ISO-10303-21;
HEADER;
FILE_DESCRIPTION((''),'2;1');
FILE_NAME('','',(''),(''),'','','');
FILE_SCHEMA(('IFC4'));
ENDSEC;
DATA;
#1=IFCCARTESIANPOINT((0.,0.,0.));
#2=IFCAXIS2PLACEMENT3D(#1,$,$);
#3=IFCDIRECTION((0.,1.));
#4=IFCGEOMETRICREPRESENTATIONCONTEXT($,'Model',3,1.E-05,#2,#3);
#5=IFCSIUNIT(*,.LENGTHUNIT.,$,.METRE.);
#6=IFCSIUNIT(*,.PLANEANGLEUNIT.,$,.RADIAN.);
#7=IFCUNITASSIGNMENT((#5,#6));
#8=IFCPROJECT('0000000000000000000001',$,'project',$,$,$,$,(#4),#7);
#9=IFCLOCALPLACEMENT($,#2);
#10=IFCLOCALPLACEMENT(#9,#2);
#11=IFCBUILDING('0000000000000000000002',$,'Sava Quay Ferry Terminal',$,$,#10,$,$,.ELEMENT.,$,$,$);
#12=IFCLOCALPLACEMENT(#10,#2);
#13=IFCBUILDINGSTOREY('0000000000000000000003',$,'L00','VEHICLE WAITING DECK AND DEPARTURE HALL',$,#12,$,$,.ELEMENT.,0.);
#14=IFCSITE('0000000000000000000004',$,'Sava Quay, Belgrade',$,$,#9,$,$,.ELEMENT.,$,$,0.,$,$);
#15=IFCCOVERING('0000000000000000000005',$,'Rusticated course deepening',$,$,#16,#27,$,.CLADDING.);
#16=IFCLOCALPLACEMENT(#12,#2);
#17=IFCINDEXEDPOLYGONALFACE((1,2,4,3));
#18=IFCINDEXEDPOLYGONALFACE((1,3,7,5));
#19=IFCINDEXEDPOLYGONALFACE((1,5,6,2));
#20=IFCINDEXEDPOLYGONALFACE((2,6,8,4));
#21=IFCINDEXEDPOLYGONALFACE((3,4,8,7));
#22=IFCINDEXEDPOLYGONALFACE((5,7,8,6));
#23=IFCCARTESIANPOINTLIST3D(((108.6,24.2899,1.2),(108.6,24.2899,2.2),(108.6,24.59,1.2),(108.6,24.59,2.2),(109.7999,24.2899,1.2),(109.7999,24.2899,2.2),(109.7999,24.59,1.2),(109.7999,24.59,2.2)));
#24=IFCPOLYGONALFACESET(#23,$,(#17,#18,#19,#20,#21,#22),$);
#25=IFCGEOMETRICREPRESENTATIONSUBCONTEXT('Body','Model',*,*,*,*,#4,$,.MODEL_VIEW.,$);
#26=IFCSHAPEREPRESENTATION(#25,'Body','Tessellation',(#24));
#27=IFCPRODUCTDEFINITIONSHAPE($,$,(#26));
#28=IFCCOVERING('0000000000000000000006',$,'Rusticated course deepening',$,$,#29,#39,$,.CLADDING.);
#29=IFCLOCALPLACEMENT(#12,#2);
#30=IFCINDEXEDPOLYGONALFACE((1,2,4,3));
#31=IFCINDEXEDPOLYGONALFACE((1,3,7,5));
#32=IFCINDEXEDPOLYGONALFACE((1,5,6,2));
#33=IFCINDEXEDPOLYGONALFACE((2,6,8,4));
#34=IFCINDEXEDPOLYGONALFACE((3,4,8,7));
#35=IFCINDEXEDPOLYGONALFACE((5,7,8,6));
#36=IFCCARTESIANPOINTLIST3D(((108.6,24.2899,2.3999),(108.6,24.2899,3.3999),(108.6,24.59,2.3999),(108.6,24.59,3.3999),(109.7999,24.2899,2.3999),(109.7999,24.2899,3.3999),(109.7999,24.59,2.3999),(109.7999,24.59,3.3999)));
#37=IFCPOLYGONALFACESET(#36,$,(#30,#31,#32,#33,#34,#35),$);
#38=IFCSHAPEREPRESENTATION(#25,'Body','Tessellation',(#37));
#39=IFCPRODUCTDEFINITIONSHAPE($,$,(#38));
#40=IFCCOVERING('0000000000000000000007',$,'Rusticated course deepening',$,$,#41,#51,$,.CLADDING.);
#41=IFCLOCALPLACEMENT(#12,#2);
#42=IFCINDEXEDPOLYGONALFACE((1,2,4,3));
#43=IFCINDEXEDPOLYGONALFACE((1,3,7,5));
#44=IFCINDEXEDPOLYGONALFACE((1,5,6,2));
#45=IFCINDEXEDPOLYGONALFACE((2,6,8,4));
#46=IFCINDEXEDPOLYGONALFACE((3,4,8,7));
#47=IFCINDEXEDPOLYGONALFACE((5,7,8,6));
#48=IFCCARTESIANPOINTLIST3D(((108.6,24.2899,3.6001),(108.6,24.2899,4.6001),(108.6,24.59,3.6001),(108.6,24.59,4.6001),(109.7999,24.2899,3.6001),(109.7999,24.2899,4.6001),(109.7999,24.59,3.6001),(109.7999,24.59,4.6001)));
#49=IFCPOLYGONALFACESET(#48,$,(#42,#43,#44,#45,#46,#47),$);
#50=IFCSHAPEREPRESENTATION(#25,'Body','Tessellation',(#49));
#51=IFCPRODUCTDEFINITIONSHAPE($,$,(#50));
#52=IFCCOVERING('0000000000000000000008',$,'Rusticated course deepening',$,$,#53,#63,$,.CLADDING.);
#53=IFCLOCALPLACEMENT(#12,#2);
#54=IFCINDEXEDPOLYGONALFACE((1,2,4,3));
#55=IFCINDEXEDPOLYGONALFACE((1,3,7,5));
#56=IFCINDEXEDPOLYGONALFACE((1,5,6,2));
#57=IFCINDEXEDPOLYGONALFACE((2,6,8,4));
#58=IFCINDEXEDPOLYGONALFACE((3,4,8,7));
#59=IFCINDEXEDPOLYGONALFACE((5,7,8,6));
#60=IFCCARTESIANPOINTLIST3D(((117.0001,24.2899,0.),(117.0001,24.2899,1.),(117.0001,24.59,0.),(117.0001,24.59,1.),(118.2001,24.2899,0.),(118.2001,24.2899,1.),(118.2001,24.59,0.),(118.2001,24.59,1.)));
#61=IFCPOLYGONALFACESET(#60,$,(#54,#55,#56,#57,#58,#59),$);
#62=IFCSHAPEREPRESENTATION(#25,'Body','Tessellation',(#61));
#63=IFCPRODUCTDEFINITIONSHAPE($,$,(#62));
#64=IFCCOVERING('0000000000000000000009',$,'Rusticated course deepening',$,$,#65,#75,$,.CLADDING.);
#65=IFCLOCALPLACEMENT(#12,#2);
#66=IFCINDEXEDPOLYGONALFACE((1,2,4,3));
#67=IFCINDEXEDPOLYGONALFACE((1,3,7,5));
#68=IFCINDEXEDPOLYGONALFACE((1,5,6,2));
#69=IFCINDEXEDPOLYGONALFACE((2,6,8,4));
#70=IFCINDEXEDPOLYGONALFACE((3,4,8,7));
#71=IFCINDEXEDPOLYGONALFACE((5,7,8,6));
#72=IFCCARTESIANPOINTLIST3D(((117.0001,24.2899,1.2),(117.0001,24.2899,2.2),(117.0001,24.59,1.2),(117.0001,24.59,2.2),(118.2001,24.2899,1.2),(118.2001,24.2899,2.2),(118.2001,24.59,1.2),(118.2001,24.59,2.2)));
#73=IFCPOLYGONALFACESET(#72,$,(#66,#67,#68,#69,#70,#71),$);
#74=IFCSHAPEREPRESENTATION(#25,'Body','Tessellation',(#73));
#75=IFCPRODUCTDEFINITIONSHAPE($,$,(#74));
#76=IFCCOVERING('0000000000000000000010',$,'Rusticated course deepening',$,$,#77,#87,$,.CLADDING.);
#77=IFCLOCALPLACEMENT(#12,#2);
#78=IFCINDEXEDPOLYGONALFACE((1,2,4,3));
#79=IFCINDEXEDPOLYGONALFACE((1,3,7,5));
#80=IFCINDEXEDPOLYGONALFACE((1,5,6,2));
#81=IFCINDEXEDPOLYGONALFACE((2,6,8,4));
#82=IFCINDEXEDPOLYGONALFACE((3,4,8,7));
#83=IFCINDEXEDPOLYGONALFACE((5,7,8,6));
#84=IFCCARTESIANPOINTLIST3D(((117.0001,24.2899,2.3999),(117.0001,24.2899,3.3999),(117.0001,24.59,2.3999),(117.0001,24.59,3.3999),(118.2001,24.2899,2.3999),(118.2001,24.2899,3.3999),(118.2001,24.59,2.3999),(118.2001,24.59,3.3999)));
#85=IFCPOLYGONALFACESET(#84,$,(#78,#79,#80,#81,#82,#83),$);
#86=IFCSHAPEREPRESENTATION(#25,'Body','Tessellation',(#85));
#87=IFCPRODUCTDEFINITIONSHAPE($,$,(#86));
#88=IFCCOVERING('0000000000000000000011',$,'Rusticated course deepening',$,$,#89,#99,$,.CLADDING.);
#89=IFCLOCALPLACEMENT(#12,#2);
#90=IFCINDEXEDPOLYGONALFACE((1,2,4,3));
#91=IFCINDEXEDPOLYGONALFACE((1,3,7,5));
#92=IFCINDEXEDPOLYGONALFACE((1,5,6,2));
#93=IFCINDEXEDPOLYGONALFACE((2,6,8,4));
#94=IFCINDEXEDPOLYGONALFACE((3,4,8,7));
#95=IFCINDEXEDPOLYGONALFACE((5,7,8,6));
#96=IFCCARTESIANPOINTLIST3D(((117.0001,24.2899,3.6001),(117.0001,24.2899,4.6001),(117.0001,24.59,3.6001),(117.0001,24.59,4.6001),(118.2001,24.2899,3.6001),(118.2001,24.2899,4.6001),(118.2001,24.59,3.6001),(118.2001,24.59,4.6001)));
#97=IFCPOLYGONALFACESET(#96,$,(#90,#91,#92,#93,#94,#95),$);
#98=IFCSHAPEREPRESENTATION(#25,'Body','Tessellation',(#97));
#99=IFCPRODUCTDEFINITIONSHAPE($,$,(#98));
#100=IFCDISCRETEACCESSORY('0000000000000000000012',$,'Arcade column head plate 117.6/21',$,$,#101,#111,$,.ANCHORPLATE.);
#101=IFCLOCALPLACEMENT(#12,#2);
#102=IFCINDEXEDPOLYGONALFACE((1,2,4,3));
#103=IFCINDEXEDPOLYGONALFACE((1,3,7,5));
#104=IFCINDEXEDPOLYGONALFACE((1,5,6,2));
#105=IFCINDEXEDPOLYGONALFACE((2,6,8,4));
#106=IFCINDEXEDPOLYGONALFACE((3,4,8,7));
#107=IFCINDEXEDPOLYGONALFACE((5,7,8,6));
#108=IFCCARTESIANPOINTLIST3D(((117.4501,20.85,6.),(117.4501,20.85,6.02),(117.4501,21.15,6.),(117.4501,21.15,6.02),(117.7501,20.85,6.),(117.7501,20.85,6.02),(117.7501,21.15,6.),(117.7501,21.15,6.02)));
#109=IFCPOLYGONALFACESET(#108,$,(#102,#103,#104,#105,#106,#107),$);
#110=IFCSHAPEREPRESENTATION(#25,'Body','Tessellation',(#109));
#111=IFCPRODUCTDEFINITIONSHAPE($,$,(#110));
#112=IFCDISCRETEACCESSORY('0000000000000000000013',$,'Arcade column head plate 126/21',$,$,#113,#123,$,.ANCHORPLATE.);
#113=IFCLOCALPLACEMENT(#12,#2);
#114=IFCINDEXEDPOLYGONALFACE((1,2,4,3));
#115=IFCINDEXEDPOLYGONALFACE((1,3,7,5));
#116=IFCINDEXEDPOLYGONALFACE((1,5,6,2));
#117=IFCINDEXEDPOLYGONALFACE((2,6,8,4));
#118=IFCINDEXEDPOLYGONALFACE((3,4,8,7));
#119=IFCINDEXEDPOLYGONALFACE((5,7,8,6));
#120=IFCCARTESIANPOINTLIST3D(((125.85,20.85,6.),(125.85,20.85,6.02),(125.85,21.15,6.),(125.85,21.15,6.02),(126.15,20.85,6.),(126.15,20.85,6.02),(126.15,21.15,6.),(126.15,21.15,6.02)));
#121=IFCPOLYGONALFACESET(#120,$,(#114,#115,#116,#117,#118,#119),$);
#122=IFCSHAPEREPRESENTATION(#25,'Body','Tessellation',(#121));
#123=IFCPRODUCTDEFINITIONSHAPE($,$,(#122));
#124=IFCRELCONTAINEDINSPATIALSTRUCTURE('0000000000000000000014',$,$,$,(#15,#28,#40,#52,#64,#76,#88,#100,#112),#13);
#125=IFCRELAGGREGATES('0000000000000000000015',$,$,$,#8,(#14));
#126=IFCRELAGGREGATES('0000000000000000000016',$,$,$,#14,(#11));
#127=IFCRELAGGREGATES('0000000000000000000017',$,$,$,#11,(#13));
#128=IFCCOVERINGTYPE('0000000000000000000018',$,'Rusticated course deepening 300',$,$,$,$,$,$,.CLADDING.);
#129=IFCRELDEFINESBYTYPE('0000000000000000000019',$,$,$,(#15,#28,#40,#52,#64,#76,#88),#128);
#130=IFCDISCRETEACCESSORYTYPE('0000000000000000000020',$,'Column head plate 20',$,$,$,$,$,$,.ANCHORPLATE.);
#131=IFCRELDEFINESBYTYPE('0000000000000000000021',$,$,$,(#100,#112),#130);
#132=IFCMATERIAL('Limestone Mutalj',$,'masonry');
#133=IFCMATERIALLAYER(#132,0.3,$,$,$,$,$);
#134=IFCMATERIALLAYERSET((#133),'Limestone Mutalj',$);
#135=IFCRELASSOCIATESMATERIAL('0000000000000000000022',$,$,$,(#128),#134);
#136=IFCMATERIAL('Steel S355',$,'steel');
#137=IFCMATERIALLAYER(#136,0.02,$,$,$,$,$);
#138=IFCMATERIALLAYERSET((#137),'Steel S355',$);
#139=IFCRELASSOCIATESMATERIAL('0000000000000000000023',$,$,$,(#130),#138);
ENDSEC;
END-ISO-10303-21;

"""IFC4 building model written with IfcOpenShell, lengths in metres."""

from ifc_helpers import new_model, si_unit, direction, frame, origin, origin_2d, place, context, subcontext, project, spatial, rectangle, extrude, material, layer, layer_set, type_object, element, save


model = new_model("IFC4")

# Units and contexts
model_context = context("Model", 3, precision=1e-05, world=origin(), true_north=direction((0.0, 1.0)))
body_context = subcontext(model_context, "Body", "Model", "MODEL_VIEW")
ifc_project = project(units=[si_unit("LENGTHUNIT", "METRE"), si_unit("PLANEANGLEUNIT", "RADIAN")], contexts=[model_context])

# Site, building, storey
site_placement = place(None, origin())
site = spatial("IfcSite", under=ifc_project, at=site_placement, Name="Sava Quay, Belgrade", CompositionType="ELEMENT", RefElevation=0.0)
building_placement = place(site_placement, origin())
building = spatial("IfcBuilding", under=site, at=building_placement, Name="Sava Quay Ferry Terminal", CompositionType="ELEMENT")
storey_placement = place(building_placement, origin())
storey = spatial("IfcBuildingStorey", under=building, at=storey_placement, Name="L00", Description="VEHICLE WAITING DECK AND DEPARTURE HALL", CompositionType="ELEMENT", Elevation=0.0)

# Coverings
ifc_material_1 = material(Name="Limestone Mutalj", Category="masonry")
ifc_layer_1 = layer(ifc_material_1, 0.3)
ifc_layer_set_1 = layer_set([ifc_layer_1], Name="Limestone Mutalj")
covering_type_1 = type_object("IfcCoveringType", Name="Rusticated course deepening 300", PredefinedType="CLADDING", material=ifc_layer_set_1)
for number, where, z_axis, x_axis, name in (
    (1, (109.2, 24.4399, 1.2), (0.0, 0.0, 1.0), (1.0, 0.0, 0.0), "Rusticated course deepening"),
    (2, (109.2, 24.4399, 2.3999), (0.0, 0.0, 1.0), (1.0, 0.0, 0.0), "Rusticated course deepening"),
    (3, (109.2, 24.4399, 3.6001), (0.0, 0.0, 1.0), (1.0, 0.0, 0.0), "Rusticated course deepening"),
    (4, (117.6001, 24.4399, 0.0), (0.0, 0.0, 1.0), (1.0, 0.0, 0.0), "Rusticated course deepening"),
    (5, (117.6001, 24.4399, 1.2), (0.0, 0.0, 1.0), (1.0, 0.0, 0.0), "Rusticated course deepening"),
    (6, (117.6001, 24.4399, 2.3999), (0.0, 0.0, 1.0), (1.0, 0.0, 0.0), "Rusticated course deepening"),
    (7, (117.6001, 24.4399, 3.6001), (0.0, 0.0, 1.0), (1.0, 0.0, 0.0), "Rusticated course deepening"),
):
    element("IfcCovering", number, at=place(storey_placement, frame(where, z_axis=z_axis, x_axis=x_axis)), inside=storey, type_object=covering_type_1, Name=name, PredefinedType="CLADDING", context=body_context, shape_type="SweptSolid", body=[
        extrude(rectangle(XDim=1.2, YDim=0.3, at=origin_2d()), origin(), (0.0, 0.0, 1.0), 1.0),
    ])

# Discrete accessories
ifc_material_2 = material(Name="Steel S355", Category="steel")
ifc_layer_2 = layer(ifc_material_2, 0.02)
ifc_layer_set_2 = layer_set([ifc_layer_2], Name="Steel S355")
discrete_accessory_type = type_object("IfcDiscreteAccessoryType", Name="Column head plate 20", PredefinedType="ANCHORPLATE", material=ifc_layer_set_2)
for number, where, z_axis, x_axis, name in (
    (8, (117.6001, 21.0, 6.0), (0.0, 0.0, 1.0), (1.0, 0.0, 0.0), "Arcade column head plate 117.6/21"),
    (9, (126.0, 21.0, 6.0), (0.0, 0.0, 1.0), (1.0, 0.0, 0.0), "Arcade column head plate 126/21"),
):
    element("IfcDiscreteAccessory", number, at=place(storey_placement, frame(where, z_axis=z_axis, x_axis=x_axis)), inside=storey, type_object=discrete_accessory_type, Name=name, PredefinedType="ANCHORPLATE", context=body_context, shape_type="SweptSolid", body=[
        extrude(rectangle(XDim=0.3, YDim=0.3, at=origin_2d()), origin(), (0.0, 0.0, 1.0), 0.02),
    ])

save(model, "model.ifc")
